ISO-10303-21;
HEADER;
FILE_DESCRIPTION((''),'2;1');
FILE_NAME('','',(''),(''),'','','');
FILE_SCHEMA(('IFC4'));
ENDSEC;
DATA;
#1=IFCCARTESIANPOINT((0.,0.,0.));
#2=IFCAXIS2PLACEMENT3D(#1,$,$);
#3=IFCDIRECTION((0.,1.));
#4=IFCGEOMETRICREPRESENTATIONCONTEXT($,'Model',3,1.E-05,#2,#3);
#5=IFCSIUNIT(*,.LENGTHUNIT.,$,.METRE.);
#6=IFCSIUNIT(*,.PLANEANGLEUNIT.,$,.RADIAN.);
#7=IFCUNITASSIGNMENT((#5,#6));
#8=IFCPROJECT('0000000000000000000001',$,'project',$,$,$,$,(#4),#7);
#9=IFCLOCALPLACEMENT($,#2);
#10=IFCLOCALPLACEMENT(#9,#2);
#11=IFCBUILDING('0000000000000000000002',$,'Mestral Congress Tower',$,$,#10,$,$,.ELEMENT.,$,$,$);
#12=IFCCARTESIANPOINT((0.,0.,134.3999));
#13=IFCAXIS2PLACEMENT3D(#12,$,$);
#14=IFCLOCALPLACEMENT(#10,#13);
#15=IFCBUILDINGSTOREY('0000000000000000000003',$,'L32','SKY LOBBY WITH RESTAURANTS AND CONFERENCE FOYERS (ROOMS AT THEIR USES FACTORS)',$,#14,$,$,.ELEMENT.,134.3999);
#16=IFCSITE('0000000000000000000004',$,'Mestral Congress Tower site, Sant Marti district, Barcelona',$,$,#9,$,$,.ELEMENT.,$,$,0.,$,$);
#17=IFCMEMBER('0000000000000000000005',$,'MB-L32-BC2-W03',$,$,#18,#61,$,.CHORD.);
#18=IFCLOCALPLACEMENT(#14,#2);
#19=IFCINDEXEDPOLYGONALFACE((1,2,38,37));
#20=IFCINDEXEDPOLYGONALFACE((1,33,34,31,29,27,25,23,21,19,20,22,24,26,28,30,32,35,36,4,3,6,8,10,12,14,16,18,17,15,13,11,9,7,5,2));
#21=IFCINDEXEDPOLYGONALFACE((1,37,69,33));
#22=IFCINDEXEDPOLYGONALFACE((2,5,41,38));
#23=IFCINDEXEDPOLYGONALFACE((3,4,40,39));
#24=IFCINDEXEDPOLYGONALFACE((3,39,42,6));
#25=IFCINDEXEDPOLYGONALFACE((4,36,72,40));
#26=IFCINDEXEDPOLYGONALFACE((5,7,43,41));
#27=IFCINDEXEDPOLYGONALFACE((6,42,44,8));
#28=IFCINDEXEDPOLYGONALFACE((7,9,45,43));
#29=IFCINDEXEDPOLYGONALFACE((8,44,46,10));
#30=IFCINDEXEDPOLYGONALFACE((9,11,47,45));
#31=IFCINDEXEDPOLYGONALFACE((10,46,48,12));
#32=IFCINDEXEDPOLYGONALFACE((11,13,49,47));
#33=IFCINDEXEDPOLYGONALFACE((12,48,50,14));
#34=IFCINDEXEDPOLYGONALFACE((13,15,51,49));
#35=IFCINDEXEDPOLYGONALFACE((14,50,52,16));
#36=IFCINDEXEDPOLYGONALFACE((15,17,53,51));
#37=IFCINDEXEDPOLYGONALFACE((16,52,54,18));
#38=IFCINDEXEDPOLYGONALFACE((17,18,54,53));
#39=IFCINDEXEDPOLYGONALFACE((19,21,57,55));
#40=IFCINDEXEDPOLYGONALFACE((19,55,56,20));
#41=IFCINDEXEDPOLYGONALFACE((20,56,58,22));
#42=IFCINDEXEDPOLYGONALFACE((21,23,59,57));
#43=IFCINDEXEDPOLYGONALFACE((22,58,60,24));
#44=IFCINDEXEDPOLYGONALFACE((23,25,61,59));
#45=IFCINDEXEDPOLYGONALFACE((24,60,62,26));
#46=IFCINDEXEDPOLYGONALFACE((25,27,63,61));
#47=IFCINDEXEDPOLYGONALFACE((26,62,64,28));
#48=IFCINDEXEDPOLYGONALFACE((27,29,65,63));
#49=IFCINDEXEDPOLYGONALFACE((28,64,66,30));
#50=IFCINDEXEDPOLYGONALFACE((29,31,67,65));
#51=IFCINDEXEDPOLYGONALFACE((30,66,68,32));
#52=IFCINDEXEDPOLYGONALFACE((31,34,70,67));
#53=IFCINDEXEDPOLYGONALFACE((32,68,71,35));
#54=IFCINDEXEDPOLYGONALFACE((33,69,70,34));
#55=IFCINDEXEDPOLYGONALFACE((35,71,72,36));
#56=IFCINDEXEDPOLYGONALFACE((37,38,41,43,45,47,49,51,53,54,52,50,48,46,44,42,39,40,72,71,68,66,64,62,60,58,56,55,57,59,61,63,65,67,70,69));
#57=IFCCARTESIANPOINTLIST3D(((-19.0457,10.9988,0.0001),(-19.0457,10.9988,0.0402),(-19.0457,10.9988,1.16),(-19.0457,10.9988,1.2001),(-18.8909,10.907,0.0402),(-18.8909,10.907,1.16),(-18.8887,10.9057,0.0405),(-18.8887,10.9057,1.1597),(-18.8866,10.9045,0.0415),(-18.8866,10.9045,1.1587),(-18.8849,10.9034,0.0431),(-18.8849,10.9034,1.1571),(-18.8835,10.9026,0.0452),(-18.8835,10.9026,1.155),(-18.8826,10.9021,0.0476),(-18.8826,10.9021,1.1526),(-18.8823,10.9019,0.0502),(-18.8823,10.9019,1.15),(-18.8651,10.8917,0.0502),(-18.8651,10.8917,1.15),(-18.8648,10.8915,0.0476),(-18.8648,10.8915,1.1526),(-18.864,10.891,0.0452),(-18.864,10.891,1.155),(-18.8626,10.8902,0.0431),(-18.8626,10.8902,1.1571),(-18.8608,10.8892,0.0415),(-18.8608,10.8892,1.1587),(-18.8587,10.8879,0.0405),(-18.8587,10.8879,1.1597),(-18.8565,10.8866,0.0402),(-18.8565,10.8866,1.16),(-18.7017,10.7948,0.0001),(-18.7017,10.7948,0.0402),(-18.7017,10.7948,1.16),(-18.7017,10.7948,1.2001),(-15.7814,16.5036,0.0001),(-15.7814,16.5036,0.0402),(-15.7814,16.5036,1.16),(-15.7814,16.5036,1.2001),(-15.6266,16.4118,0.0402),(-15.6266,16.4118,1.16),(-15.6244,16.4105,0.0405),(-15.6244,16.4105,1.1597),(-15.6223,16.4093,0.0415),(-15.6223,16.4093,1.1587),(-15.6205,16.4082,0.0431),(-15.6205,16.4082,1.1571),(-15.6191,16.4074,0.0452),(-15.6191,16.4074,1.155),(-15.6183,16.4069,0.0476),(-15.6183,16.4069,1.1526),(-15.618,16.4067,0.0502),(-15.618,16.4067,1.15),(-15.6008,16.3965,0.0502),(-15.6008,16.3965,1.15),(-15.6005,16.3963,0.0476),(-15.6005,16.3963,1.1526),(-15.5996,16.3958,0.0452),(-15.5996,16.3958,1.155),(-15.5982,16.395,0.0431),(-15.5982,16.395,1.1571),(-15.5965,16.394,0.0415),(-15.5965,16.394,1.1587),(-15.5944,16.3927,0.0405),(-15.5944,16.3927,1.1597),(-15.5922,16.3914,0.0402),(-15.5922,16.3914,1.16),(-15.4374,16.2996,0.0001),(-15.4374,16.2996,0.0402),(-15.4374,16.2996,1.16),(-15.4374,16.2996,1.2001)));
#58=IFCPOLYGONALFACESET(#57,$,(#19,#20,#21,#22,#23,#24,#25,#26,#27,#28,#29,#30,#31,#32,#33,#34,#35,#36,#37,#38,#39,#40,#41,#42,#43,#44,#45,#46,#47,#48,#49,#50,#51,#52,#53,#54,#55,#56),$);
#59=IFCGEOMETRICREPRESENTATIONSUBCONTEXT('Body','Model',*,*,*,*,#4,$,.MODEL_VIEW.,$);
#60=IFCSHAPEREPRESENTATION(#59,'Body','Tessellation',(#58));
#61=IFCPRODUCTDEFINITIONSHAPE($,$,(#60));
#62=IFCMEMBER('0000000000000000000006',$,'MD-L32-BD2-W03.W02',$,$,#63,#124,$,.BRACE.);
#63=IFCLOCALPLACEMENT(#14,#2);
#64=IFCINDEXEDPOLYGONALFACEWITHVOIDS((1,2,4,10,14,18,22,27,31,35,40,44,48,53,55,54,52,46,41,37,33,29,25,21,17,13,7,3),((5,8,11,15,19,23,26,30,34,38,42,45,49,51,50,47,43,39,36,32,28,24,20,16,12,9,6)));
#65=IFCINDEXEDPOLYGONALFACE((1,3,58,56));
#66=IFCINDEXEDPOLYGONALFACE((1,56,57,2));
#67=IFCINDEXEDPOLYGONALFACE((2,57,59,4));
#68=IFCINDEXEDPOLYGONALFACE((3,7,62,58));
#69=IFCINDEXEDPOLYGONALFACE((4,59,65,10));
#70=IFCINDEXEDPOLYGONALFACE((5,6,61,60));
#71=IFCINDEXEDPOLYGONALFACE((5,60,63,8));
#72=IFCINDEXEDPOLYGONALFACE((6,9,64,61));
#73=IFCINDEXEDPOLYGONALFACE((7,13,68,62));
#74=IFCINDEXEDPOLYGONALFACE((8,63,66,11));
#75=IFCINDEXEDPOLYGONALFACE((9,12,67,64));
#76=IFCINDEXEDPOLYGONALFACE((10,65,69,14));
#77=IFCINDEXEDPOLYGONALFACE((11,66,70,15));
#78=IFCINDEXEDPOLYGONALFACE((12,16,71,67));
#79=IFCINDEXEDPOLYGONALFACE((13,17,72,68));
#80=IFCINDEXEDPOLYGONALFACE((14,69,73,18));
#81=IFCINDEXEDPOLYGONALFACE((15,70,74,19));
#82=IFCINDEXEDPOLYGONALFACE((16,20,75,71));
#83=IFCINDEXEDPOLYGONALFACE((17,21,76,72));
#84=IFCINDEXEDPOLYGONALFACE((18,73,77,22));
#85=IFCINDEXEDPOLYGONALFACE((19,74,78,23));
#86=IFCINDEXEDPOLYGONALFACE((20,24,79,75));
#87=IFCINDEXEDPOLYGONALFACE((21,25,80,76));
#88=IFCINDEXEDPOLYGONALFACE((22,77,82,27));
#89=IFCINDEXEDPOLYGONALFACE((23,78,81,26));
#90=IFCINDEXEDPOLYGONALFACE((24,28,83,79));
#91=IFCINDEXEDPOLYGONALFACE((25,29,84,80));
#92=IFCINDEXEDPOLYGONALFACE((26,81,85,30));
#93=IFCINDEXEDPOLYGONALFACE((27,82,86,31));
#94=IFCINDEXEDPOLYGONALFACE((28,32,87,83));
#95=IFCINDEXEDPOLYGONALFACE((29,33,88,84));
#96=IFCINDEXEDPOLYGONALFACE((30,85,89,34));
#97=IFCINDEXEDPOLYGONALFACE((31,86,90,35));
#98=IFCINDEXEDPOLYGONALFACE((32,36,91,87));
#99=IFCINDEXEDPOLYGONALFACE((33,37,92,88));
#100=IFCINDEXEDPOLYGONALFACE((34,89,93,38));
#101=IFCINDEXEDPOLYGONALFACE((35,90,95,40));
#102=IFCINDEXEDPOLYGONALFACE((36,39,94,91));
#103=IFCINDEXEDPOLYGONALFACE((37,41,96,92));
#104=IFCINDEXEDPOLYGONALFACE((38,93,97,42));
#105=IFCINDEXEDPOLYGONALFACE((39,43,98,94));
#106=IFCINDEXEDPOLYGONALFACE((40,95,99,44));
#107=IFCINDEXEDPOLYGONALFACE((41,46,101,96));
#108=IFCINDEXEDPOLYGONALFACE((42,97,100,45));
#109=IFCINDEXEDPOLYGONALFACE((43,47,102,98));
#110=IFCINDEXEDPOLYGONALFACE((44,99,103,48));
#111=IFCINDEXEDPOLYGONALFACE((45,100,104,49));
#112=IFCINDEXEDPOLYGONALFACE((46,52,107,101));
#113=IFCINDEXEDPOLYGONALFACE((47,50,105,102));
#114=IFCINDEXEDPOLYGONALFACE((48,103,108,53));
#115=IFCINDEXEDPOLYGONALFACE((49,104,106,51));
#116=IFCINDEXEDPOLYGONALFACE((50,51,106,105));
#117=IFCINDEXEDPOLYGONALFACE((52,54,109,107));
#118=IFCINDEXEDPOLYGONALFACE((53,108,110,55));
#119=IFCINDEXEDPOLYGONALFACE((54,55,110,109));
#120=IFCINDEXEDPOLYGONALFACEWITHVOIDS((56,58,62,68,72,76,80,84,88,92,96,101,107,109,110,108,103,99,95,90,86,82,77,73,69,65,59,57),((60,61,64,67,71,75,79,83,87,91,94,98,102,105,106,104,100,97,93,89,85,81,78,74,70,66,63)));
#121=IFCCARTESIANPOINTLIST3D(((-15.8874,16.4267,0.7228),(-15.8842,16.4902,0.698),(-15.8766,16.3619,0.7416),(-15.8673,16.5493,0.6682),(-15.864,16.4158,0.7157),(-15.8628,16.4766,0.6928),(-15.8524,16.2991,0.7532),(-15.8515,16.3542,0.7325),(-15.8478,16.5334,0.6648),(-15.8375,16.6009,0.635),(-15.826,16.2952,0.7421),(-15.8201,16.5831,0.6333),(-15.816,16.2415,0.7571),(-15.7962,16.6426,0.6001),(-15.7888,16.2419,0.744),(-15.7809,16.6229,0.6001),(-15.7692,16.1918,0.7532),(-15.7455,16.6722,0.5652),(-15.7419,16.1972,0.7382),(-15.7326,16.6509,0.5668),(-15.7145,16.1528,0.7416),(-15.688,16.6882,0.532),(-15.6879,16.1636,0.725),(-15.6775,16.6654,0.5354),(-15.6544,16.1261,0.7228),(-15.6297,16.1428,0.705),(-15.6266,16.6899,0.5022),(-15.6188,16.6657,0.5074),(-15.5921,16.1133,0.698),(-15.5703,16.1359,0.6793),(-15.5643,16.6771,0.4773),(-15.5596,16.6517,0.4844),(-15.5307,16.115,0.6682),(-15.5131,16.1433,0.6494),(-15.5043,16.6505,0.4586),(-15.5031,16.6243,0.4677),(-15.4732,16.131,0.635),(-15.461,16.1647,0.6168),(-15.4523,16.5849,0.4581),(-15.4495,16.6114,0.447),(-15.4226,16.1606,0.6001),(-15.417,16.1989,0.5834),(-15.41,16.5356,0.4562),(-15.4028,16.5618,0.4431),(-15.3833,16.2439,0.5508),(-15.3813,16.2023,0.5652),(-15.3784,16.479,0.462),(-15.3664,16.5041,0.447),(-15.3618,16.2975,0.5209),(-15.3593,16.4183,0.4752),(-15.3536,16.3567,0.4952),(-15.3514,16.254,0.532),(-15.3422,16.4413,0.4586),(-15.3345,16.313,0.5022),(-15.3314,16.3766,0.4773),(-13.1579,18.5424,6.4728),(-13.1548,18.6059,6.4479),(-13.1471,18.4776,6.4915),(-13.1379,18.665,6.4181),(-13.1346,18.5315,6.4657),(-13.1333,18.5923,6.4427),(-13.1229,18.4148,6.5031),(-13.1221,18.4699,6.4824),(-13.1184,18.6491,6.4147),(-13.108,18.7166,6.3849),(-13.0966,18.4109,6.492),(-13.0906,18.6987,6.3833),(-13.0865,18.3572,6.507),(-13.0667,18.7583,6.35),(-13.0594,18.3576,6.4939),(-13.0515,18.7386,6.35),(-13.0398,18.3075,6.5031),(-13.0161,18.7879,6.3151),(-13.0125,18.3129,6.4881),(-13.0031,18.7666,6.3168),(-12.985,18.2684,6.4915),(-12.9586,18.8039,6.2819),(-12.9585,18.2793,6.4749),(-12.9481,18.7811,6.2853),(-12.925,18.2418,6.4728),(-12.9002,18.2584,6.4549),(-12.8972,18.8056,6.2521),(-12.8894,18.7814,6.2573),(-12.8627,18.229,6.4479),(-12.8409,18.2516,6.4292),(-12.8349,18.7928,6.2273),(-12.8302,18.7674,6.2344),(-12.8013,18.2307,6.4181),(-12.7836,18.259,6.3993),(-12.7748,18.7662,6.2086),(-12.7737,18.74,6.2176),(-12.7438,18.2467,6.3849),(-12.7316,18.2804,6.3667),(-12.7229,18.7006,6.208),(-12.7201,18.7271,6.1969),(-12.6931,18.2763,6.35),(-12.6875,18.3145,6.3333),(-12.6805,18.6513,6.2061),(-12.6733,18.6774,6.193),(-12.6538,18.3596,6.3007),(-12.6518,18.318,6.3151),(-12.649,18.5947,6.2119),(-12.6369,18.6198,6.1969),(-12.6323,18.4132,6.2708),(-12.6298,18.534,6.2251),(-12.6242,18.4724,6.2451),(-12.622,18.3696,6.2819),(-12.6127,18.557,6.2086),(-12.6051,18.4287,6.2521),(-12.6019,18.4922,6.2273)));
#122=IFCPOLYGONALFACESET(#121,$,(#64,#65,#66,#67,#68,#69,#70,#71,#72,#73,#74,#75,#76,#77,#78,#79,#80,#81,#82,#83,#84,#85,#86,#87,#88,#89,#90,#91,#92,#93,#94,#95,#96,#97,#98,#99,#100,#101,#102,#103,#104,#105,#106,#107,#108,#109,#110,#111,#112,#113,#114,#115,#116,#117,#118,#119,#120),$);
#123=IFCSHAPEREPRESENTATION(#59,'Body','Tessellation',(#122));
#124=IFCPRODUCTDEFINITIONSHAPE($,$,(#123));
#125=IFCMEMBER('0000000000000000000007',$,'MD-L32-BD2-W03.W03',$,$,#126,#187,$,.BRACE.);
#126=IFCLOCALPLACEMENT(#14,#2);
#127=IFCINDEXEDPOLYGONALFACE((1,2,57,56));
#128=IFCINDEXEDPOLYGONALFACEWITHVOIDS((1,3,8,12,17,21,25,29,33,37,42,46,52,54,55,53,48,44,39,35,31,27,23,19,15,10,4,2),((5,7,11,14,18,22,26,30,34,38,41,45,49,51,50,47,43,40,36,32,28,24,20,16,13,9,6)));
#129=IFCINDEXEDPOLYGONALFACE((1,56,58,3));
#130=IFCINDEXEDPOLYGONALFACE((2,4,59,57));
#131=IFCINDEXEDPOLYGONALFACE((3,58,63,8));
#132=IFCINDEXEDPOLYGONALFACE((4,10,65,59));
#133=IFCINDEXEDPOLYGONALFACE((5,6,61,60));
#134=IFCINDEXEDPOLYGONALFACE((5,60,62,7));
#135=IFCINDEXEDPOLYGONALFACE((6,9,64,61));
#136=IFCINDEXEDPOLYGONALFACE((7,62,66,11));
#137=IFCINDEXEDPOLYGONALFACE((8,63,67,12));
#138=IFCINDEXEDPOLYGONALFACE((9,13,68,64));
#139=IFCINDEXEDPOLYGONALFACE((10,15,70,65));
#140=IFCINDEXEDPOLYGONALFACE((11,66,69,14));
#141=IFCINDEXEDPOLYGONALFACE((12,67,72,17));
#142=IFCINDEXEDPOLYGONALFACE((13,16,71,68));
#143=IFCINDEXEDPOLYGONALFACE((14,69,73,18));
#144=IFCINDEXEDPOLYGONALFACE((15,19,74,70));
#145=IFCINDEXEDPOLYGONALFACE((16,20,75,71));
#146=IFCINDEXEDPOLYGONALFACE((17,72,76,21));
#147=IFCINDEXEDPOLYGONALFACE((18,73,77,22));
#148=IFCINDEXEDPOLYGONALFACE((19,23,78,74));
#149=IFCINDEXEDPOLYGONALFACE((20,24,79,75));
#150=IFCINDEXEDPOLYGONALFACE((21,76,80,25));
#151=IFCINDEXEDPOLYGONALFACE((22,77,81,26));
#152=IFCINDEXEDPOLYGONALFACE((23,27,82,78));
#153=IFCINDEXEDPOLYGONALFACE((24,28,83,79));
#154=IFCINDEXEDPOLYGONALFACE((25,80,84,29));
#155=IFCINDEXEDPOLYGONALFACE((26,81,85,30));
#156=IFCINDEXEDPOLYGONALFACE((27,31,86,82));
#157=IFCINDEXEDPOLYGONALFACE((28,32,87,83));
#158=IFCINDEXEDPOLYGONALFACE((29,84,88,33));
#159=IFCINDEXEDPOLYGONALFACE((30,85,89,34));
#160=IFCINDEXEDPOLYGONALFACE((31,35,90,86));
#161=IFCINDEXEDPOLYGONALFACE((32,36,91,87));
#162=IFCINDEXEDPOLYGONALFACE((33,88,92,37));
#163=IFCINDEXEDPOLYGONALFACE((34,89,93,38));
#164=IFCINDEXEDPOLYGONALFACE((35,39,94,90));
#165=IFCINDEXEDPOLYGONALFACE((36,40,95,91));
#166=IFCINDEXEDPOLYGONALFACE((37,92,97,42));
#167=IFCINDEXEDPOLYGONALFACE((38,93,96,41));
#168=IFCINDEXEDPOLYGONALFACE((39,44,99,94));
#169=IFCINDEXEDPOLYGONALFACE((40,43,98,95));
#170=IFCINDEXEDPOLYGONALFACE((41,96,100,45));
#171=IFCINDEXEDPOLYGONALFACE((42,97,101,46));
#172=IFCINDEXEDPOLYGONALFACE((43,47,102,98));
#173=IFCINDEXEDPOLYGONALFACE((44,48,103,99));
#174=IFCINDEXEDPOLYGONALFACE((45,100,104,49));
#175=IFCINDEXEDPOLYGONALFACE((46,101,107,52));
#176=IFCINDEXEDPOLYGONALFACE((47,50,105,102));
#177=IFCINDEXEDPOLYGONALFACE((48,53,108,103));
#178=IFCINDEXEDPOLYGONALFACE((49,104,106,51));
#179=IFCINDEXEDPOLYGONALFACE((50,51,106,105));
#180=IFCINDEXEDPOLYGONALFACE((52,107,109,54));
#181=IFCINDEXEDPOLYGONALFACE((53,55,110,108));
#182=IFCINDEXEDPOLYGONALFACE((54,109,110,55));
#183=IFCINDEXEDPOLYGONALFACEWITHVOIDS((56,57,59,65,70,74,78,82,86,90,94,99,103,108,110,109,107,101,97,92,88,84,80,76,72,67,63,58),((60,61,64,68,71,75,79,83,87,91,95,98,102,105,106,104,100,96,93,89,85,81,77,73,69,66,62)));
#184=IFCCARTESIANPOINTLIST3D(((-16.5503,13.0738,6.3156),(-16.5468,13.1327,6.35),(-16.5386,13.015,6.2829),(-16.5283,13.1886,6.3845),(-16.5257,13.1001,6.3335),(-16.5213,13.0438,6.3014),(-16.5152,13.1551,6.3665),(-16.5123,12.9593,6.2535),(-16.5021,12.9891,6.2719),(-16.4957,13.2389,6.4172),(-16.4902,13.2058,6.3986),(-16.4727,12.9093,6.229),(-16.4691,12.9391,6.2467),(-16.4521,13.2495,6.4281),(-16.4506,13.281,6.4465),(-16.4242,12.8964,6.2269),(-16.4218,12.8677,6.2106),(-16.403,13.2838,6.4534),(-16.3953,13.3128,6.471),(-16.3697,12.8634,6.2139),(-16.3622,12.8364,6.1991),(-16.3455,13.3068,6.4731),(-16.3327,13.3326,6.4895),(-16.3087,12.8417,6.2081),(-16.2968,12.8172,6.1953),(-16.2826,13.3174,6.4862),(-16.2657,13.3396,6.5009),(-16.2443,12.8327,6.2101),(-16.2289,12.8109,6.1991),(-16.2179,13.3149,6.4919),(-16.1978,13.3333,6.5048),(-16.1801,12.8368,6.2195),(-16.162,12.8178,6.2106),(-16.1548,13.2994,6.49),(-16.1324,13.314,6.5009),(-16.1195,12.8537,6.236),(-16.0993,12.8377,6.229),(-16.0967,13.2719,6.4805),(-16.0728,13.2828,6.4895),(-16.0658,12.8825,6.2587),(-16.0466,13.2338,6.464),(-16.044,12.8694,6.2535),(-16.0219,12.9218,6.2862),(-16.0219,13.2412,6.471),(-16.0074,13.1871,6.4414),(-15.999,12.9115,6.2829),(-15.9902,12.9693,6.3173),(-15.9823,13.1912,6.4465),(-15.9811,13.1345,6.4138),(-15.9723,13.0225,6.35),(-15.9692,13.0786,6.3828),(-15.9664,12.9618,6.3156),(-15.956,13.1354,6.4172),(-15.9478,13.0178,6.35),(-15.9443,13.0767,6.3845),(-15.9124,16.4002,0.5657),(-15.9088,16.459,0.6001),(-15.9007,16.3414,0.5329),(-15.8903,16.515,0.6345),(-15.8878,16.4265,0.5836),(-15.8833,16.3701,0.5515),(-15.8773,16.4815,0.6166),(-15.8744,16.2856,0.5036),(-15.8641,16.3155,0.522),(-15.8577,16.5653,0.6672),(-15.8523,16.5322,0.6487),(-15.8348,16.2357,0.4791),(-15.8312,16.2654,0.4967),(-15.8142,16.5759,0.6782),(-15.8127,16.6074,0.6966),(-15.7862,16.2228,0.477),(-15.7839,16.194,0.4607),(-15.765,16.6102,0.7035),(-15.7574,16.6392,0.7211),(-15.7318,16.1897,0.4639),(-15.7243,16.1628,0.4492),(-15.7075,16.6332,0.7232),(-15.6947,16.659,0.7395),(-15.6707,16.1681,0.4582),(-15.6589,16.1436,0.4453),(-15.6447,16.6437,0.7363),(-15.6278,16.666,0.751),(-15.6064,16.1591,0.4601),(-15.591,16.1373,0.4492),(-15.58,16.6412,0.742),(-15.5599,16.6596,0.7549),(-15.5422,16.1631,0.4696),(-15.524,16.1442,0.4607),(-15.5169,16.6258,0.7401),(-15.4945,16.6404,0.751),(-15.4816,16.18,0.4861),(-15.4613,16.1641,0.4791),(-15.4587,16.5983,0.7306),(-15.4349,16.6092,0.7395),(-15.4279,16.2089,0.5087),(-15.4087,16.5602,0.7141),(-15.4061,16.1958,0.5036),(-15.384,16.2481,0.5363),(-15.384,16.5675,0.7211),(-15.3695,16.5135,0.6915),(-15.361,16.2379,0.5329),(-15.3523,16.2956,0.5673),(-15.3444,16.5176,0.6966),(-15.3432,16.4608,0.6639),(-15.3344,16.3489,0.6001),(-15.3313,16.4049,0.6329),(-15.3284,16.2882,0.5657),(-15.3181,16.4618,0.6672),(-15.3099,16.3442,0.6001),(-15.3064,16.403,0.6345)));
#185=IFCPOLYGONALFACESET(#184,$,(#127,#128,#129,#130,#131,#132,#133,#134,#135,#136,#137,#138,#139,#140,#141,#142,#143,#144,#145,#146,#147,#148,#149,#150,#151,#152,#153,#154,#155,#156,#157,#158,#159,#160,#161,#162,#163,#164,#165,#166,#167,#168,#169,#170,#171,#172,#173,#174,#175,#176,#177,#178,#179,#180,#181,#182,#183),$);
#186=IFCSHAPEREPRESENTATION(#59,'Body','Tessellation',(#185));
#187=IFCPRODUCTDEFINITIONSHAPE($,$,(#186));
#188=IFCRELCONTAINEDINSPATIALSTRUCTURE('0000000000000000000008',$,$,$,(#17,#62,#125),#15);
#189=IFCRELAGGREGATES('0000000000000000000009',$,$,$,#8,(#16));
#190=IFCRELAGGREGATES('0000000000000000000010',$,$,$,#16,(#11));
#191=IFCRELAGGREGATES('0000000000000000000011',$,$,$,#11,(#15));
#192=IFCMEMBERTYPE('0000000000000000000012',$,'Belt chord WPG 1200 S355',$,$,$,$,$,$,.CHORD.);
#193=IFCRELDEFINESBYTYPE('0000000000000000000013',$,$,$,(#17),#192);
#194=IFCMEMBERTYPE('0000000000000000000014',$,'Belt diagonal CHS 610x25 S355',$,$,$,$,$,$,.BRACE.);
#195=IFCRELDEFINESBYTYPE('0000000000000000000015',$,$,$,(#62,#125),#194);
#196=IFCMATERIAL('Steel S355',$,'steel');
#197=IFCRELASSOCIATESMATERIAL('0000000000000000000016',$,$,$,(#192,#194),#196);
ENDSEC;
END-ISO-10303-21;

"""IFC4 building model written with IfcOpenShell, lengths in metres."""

from ifc_helpers import new_model, si_unit, direction, frame, origin, origin_2d, place, context, subcontext, project, spatial, hollow_circle, i_section, extrude, material, material_profile, profile_set, type_object, element, save


model = new_model("IFC4")

# Units and contexts
model_context = context("Model", 3, precision=1e-05, world=origin(), true_north=direction((0.0, 1.0)))
body_context = subcontext(model_context, "Body", "Model", "MODEL_VIEW")
ifc_project = project(units=[si_unit("LENGTHUNIT", "METRE"), si_unit("PLANEANGLEUNIT", "RADIAN")], contexts=[model_context])

# Site, building, storey
site_placement = place(None, origin())
site = spatial("IfcSite", under=ifc_project, at=site_placement, Name="Mestral Congress Tower site, Sant Marti district, Barcelona", CompositionType="ELEMENT", RefElevation=0.0)
building_placement = place(site_placement, origin())
building = spatial("IfcBuilding", under=site, at=building_placement, Name="Mestral Congress Tower", CompositionType="ELEMENT")
storey_placement = place(building_placement, frame((0.0, 0.0, 134.3999)))
storey = spatial("IfcBuildingStorey", under=building, at=storey_placement, Name="L32", Description="SKY LOBBY WITH RESTAURANTS AND CONFERENCE FOYERS (ROOMS AT THEIR USES FACTORS)", CompositionType="ELEMENT", Elevation=134.3999)

# Members
ifc_material_1 = material(Name="Steel S355", Category="steel")
ifc_material_profile_1 = material_profile(ifc_material_1, i_section(OverallWidth=0.3999, OverallDepth=1.2, WebThickness=0.02, FlangeThickness=0.04, FilletRadius=0.01, at=origin_2d()), Name="WPG 1200")
ifc_profile_set_1 = profile_set([ifc_material_profile_1], Name="Steel S355")
member_type_1 = type_object("IfcMemberType", Name="Belt chord WPG 1200 S355", PredefinedType="CHORD", material=ifc_profile_set_1)
member_1_placement = place(storey_placement, frame((-15.6094, 16.4016, 0.6001), z_axis=(-0.510063, -0.860137, 0.0), x_axis=(0.860137, -0.510063, 0.0)))
element("IfcMember", 1, at=member_1_placement, inside=storey, type_object=member_type_1, Name="MB-L32-BC2-W03", PredefinedType="CHORD", context=body_context, shape_type="SweptSolid", body=[
    extrude(i_section(OverallWidth=0.3999, OverallDepth=1.2, WebThickness=0.02, FlangeThickness=0.04, FilletRadius=0.01, at=origin_2d()), origin(), (0.0, 0.0, 1.0), 6.3999),
])
ifc_material_profile_2 = material_profile(ifc_material_1, hollow_circle(Radius=0.3049, WallThickness=0.0249, at=origin_2d()), Name="CHS 610x25")
ifc_profile_set_2 = profile_set([ifc_material_profile_2], Name="Steel S355")
member_type_2 = type_object("IfcMemberType", Name="Belt diagonal CHS 610x25 S355", PredefinedType="BRACE", material=ifc_profile_set_2)
member_2_placement = place(storey_placement, frame((-15.6094, 16.4016, 0.6001), z_axis=(0.406939, 0.315432, 0.857265), x_axis=(-0.612638, 0.790364, 0.0)))
element("IfcMember", 2, at=member_2_placement, inside=storey, type_object=member_type_2, Name="MD-L32-BD2-W03.W02", PredefinedType="BRACE", context=body_context, shape_type="SweptSolid", body=[
    extrude(hollow_circle(Radius=0.3049, WallThickness=0.0249, at=origin_2d()), origin(), (0.0, 0.0, 1.0), 6.7073),
])
member_3_placement = place(storey_placement, frame((-15.6094, 16.4016, 0.6001), z_axis=(-0.095594, -0.498458, 0.861627), x_axis=(0.982102, -0.188347, 0.0)))
element("IfcMember", 3, at=member_3_placement, inside=storey, type_object=member_type_2, Name="MD-L32-BD2-W03.W03", PredefinedType="BRACE", context=body_context, shape_type="SweptSolid", body=[
    extrude(hollow_circle(Radius=0.3049, WallThickness=0.0249, at=origin_2d()), origin(), (0.0, 0.0, 1.0), 6.6733),
])

save(model, "model.ifc")
